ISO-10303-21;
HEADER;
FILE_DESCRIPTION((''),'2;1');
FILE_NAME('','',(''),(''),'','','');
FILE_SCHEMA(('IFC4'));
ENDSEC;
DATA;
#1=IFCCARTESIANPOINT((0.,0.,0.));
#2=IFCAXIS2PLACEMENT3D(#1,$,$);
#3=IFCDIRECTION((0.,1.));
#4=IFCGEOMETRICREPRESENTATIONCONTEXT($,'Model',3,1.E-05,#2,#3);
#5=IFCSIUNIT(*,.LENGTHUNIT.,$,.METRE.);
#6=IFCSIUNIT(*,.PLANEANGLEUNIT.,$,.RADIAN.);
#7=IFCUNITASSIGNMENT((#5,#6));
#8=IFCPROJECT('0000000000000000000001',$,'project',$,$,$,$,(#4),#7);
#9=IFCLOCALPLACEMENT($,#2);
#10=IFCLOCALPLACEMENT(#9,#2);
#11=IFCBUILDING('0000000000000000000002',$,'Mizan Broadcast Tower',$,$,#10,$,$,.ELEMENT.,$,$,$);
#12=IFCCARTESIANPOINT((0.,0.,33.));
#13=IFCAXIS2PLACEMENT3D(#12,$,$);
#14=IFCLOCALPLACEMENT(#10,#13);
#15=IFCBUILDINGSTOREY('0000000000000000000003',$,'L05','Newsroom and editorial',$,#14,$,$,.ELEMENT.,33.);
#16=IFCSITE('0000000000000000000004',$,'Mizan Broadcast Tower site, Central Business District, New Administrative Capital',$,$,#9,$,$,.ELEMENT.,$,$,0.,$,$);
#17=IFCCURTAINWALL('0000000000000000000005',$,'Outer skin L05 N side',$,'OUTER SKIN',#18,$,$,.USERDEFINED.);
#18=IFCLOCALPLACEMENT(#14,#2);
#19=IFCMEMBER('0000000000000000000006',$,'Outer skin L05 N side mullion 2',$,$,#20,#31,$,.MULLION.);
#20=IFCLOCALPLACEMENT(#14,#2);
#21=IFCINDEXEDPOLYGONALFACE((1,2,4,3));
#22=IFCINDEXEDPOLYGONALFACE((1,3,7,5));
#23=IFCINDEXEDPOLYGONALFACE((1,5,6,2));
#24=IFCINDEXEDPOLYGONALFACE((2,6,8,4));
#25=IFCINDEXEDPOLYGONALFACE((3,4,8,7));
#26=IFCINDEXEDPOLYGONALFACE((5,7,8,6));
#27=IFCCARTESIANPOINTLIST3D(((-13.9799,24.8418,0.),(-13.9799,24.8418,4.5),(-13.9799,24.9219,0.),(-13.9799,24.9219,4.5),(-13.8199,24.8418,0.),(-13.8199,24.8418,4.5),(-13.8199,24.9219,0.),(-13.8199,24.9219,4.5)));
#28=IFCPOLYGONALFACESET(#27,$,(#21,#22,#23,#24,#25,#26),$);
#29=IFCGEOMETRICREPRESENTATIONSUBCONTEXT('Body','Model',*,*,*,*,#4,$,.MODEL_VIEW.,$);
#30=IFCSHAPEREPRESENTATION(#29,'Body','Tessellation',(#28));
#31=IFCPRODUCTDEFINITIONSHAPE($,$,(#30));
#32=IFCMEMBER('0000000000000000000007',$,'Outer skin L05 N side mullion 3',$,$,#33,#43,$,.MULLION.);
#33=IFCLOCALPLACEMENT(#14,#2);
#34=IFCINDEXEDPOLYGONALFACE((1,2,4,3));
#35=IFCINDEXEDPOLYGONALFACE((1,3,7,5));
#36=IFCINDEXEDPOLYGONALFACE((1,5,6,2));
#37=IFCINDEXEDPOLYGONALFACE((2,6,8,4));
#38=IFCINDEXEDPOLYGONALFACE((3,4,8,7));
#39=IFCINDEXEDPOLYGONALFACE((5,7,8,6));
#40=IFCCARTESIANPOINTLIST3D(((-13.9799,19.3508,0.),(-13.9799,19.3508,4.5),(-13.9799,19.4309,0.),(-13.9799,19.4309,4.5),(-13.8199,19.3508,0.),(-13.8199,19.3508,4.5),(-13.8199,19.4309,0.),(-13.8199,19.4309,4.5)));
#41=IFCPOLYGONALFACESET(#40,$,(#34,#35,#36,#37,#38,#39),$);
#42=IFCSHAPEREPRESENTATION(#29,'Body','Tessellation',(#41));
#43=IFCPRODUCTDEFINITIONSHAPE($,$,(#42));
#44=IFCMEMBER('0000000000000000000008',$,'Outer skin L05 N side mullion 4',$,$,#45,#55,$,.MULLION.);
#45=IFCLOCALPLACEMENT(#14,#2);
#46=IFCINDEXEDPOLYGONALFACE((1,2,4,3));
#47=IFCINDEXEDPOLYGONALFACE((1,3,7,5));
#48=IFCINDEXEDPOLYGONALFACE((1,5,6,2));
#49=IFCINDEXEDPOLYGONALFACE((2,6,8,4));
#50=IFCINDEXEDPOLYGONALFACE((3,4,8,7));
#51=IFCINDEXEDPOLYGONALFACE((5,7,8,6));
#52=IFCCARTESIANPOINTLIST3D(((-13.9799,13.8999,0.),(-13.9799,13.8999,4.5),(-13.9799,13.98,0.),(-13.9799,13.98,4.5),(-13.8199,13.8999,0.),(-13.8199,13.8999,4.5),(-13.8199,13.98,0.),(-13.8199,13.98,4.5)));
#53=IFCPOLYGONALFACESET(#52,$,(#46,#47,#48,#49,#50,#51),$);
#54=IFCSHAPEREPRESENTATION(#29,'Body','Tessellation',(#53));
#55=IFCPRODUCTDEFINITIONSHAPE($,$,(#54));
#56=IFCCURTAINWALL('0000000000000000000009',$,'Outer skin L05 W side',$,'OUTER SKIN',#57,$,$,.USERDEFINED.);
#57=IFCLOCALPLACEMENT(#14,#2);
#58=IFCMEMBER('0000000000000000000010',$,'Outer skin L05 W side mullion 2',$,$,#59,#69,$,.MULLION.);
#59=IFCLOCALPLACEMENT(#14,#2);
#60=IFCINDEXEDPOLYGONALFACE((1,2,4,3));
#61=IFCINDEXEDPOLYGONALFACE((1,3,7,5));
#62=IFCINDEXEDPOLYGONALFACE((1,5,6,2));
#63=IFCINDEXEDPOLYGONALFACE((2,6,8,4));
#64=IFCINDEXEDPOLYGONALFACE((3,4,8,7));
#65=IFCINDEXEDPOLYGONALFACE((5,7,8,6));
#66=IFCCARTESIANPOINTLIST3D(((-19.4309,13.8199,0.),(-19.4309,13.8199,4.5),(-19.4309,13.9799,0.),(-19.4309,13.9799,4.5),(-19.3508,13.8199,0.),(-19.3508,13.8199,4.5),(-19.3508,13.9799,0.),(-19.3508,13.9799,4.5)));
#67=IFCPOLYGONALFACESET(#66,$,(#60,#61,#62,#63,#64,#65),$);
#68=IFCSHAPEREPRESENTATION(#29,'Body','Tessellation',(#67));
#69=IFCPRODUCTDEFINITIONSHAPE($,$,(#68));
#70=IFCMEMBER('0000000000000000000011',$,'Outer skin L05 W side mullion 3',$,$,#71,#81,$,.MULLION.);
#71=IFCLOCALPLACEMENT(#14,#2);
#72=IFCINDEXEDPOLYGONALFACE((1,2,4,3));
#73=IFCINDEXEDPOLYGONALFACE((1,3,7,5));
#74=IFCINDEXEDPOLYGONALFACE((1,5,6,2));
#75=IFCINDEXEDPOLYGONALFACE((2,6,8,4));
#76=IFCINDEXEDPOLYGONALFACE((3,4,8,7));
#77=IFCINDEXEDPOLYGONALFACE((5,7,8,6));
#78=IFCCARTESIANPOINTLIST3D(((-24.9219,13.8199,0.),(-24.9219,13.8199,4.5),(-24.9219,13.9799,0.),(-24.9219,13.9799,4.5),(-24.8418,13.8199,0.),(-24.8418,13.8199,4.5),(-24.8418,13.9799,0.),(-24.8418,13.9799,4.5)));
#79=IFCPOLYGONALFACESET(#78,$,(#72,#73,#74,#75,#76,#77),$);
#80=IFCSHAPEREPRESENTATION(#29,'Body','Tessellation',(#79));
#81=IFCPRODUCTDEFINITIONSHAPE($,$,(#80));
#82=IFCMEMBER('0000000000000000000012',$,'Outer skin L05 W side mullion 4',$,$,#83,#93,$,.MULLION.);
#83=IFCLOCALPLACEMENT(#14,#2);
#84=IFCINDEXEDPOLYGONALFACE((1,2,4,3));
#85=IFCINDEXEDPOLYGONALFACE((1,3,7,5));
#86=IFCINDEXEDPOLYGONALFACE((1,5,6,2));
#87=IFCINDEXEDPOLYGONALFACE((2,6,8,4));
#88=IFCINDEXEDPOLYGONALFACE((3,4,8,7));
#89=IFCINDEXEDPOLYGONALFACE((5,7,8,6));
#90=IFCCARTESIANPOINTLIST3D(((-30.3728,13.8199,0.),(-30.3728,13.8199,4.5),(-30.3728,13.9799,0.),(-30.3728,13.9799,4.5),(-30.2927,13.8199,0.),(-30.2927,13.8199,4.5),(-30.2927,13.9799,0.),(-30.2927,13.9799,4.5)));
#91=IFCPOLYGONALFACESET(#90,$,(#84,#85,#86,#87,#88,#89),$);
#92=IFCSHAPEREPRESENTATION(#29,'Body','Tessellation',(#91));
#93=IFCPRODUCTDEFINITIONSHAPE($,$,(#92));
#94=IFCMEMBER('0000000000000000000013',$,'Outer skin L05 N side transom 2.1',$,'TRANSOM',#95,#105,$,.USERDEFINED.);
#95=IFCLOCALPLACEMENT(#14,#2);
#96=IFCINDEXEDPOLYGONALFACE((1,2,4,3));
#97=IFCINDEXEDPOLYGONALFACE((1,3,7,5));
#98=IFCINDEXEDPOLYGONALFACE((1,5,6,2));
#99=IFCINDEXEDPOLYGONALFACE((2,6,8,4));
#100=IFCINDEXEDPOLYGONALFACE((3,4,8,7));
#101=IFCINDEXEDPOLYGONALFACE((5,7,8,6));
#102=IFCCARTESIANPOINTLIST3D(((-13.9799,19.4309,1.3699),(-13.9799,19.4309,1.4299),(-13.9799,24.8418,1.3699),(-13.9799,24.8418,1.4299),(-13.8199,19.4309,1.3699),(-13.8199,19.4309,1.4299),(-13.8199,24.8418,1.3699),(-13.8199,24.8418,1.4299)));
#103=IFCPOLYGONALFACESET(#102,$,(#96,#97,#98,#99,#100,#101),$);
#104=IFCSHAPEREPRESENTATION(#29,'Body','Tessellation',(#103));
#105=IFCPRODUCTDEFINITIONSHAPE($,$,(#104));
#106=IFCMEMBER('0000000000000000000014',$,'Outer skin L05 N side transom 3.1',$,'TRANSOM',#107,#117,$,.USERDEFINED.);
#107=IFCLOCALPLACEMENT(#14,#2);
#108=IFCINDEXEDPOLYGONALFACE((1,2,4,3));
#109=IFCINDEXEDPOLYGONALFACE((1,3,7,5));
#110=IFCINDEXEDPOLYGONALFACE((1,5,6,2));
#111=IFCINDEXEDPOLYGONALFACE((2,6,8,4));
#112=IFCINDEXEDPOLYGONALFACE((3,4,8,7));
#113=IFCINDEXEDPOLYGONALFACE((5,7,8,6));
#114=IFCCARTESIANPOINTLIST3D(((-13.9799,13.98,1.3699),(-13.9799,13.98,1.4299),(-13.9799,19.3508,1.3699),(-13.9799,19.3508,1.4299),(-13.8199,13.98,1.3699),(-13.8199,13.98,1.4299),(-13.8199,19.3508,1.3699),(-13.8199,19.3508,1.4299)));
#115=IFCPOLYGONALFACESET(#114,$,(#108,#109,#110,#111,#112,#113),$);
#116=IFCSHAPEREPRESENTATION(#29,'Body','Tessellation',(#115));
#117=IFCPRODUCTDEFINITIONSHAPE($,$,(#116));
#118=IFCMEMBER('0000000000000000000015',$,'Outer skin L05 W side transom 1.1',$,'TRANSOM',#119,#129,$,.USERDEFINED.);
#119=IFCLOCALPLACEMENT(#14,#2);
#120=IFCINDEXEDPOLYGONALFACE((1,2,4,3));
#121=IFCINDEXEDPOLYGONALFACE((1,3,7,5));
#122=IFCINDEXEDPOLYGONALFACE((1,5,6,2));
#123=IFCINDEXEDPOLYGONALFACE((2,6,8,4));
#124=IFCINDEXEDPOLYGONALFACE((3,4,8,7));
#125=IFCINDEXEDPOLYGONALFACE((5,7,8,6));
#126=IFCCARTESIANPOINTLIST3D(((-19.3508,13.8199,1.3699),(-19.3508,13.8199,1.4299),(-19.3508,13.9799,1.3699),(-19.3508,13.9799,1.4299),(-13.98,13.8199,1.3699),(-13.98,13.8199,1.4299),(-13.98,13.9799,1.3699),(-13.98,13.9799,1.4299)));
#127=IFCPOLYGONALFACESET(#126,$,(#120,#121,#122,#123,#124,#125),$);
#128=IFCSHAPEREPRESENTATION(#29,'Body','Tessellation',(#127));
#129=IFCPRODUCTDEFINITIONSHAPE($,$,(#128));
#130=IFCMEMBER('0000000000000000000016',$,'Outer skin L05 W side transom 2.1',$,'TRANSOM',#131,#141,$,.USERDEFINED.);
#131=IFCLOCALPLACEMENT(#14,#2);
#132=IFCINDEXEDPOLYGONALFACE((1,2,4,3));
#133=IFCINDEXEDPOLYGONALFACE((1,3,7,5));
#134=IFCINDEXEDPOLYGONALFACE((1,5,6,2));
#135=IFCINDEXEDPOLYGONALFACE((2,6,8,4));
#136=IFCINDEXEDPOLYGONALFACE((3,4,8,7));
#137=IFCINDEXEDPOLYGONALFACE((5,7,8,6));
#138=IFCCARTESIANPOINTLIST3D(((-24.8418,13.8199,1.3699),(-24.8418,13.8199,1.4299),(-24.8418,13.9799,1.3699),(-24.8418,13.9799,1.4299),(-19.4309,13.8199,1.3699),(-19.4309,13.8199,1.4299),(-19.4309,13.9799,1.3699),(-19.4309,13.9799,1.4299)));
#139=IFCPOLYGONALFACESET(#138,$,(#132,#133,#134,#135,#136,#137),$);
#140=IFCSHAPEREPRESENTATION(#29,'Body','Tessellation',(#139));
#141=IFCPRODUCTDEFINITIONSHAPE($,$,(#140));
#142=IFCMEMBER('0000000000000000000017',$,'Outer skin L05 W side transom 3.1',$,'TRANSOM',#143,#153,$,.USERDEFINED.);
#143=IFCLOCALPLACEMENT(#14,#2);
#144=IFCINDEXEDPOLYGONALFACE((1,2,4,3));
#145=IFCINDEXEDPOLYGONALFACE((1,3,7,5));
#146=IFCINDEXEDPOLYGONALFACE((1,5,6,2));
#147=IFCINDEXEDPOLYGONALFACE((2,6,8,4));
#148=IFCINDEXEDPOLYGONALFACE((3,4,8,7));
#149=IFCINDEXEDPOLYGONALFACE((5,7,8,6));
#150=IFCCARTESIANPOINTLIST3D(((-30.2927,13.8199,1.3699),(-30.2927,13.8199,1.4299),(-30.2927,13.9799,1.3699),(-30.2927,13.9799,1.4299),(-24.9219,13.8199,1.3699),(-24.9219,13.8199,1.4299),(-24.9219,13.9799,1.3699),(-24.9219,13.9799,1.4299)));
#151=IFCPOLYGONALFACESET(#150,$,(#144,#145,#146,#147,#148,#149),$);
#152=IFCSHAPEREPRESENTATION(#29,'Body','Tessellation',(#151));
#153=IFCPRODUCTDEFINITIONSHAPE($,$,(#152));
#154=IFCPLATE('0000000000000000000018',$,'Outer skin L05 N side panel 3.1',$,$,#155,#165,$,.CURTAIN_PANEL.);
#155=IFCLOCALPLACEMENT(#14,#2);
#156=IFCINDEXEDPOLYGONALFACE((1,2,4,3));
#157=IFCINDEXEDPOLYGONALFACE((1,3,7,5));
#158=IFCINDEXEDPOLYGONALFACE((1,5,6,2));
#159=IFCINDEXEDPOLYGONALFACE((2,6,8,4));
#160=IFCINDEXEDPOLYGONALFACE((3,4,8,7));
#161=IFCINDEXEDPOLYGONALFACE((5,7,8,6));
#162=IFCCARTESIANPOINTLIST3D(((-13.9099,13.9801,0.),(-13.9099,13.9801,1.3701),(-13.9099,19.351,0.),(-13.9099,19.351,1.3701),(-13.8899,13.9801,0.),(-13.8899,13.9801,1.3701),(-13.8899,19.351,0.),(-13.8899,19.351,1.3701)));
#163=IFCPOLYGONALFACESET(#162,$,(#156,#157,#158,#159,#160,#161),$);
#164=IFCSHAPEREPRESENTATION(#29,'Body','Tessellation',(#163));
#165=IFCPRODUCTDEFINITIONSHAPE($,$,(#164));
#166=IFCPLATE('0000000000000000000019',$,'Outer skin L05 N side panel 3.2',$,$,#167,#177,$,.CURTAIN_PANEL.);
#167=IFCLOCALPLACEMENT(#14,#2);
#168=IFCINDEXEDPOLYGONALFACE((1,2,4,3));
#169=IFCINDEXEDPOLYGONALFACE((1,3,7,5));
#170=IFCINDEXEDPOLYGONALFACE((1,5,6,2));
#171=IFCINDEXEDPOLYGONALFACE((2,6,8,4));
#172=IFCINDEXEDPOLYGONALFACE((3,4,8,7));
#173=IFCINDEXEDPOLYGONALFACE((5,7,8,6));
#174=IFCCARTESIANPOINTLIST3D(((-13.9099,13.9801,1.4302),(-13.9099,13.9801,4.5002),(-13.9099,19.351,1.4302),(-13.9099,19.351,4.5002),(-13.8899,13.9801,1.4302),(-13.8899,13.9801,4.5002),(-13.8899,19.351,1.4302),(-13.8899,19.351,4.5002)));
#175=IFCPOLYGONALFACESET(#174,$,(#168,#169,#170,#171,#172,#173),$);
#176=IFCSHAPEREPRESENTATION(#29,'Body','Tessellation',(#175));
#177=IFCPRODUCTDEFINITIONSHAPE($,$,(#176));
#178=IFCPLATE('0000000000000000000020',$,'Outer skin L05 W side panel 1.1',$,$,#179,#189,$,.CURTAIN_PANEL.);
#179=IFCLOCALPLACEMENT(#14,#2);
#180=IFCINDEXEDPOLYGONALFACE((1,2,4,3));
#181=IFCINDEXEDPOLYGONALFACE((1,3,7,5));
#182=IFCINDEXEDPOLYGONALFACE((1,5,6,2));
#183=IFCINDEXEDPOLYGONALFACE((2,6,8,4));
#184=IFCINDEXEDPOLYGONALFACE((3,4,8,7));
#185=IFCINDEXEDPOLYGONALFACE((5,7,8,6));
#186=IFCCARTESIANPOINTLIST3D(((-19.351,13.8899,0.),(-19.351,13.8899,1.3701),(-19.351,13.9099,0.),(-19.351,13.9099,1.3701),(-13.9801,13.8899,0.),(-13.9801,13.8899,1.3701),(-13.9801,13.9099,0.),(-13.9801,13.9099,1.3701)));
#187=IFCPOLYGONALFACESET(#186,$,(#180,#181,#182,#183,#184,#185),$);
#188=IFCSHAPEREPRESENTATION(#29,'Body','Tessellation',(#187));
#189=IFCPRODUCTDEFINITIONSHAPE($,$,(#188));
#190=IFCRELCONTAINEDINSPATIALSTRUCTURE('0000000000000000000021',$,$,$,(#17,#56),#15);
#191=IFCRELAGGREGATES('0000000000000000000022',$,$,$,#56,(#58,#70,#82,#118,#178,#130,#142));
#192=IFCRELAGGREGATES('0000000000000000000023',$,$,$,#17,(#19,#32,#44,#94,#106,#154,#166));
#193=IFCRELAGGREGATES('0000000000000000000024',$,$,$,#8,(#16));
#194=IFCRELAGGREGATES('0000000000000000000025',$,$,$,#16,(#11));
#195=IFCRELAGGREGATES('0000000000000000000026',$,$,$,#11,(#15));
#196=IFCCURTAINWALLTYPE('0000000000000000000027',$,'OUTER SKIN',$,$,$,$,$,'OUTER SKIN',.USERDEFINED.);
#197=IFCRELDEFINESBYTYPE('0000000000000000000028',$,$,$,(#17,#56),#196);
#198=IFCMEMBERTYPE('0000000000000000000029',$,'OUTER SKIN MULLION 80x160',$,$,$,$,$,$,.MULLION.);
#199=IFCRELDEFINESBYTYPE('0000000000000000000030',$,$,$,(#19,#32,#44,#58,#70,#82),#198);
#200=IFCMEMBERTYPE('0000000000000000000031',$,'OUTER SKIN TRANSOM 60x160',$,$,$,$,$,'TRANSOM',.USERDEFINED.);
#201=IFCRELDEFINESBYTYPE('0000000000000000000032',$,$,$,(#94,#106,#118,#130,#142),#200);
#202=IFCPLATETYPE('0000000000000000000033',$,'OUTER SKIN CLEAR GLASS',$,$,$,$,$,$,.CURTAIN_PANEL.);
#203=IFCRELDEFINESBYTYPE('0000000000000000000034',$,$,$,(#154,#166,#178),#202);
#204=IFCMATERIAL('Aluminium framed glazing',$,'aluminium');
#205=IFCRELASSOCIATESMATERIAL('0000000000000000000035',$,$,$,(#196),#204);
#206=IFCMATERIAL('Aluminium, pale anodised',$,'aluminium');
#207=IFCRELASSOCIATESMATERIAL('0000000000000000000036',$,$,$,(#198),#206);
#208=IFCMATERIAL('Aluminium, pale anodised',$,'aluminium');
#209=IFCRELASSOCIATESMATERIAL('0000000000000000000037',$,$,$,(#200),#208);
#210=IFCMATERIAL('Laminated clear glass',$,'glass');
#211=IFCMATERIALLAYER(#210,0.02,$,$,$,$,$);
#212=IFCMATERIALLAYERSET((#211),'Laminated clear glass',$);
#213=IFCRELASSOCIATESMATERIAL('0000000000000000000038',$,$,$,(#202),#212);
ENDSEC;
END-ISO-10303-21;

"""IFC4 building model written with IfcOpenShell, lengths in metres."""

from ifc_helpers import new_model, si_unit, direction, frame, origin, origin_2d, place, context, subcontext, project, spatial, rectangle, extrude, material, layer, layer_set, material_profile, profile_set, type_object, element, aggregate, save


model = new_model("IFC4")

# Units and contexts
model_context = context("Model", 3, precision=1e-05, world=origin(), true_north=direction((0.0, 1.0)))
body_context = subcontext(model_context, "Body", "Model", "MODEL_VIEW")
ifc_project = project(units=[si_unit("LENGTHUNIT", "METRE"), si_unit("PLANEANGLEUNIT", "RADIAN")], contexts=[model_context])

# Site, building, storey
site_placement = place(None, origin())
site = spatial("IfcSite", under=ifc_project, at=site_placement, Name="Mizan Broadcast Tower site, Central Business District, New Administrative Capital", CompositionType="ELEMENT", RefElevation=0.0)
building_placement = place(site_placement, origin())
building = spatial("IfcBuilding", under=site, at=building_placement, Name="Mizan Broadcast Tower", CompositionType="ELEMENT")
storey_placement = place(building_placement, frame((0.0, 0.0, 33.0)))
storey = spatial("IfcBuildingStorey", under=building, at=storey_placement, Name="L05", Description="Newsroom and editorial", CompositionType="ELEMENT", Elevation=33.0)

# Curtain walls, members
ifc_material_1 = material(Name="Aluminium framed glazing", Category="aluminium")
curtain_wall_type = type_object("IfcCurtainWallType", Name="OUTER SKIN", ElementType="OUTER SKIN", PredefinedType="USERDEFINED", material=ifc_material_1)
curtain_wall_1_placement = place(storey_placement, origin())
curtain_wall_1 = element("IfcCurtainWall", 1, at=curtain_wall_1_placement, inside=storey, type_object=curtain_wall_type, Name="Outer skin L05 N side", ObjectType="OUTER SKIN", PredefinedType="USERDEFINED")
ifc_material_2 = material(Name="Aluminium, pale anodised", Category="aluminium")
ifc_material_profile_1 = material_profile(ifc_material_2, rectangle(XDim=0.1599, YDim=0.0801, at=origin_2d()), Name="MULLION 160x80")
ifc_profile_set_1 = profile_set([ifc_material_profile_1], Name="Aluminium, pale anodised")
member_type_1 = type_object("IfcMemberType", Name="OUTER SKIN MULLION 80x160", PredefinedType="MULLION", material=ifc_profile_set_1)
member_1_placement = place(storey_placement, frame((-13.8999, 24.8818, 0.0), z_axis=(0.0, 0.0, 1.0), x_axis=(1.0, 0.0, 0.0)))
member_1 = element("IfcMember", 2, at=member_1_placement, type_object=member_type_1, Name="Outer skin L05 N side mullion 2", PredefinedType="MULLION", context=body_context, shape_type="SweptSolid", body=[
    extrude(rectangle(XDim=0.1599, YDim=0.0801, at=origin_2d()), origin(), (0.0, 0.0, 1.0), 4.5),
])
member_2_placement = place(storey_placement, frame((-13.8999, 19.3909, 0.0), z_axis=(0.0, 0.0, 1.0), x_axis=(1.0, 0.0, 0.0)))
member_2 = element("IfcMember", 3, at=member_2_placement, type_object=member_type_1, Name="Outer skin L05 N side mullion 3", PredefinedType="MULLION", context=body_context, shape_type="SweptSolid", body=[
    extrude(rectangle(XDim=0.1599, YDim=0.0801, at=origin_2d()), origin(), (0.0, 0.0, 1.0), 4.5),
])
member_3_placement = place(storey_placement, frame((-13.8999, 13.9399, 0.0), z_axis=(0.0, 0.0, 1.0), x_axis=(1.0, 0.0, 0.0)))
member_3 = element("IfcMember", 4, at=member_3_placement, type_object=member_type_1, Name="Outer skin L05 N side mullion 4", PredefinedType="MULLION", context=body_context, shape_type="SweptSolid", body=[
    extrude(rectangle(XDim=0.1599, YDim=0.0801, at=origin_2d()), origin(), (0.0, 0.0, 1.0), 4.5),
])
curtain_wall_2_placement = place(storey_placement, origin())
curtain_wall_2 = element("IfcCurtainWall", 5, at=curtain_wall_2_placement, inside=storey, type_object=curtain_wall_type, Name="Outer skin L05 W side", ObjectType="OUTER SKIN", PredefinedType="USERDEFINED")
member_4_placement = place(storey_placement, frame((-19.3909, 13.8999, 0.0), z_axis=(0.0, 0.0, 1.0), x_axis=(0.0, -1.0, 0.0)))
member_4 = element("IfcMember", 6, at=member_4_placement, type_object=member_type_1, Name="Outer skin L05 W side mullion 2", PredefinedType="MULLION", context=body_context, shape_type="SweptSolid", body=[
    extrude(rectangle(XDim=0.1599, YDim=0.0801, at=origin_2d()), origin(), (0.0, 0.0, 1.0), 4.5),
])
member_5_placement = place(storey_placement, frame((-24.8818, 13.8999, 0.0), z_axis=(0.0, 0.0, 1.0), x_axis=(0.0, -1.0, 0.0)))
member_5 = element("IfcMember", 7, at=member_5_placement, type_object=member_type_1, Name="Outer skin L05 W side mullion 3", PredefinedType="MULLION", context=body_context, shape_type="SweptSolid", body=[
    extrude(rectangle(XDim=0.1599, YDim=0.0801, at=origin_2d()), origin(), (0.0, 0.0, 1.0), 4.5),
])
member_6_placement = place(storey_placement, frame((-30.3328, 13.8999, 0.0), z_axis=(0.0, 0.0, 1.0), x_axis=(0.0, -1.0, 0.0)))
member_6 = element("IfcMember", 8, at=member_6_placement, type_object=member_type_1, Name="Outer skin L05 W side mullion 4", PredefinedType="MULLION", context=body_context, shape_type="SweptSolid", body=[
    extrude(rectangle(XDim=0.1599, YDim=0.0801, at=origin_2d()), origin(), (0.0, 0.0, 1.0), 4.5),
])

# Members
ifc_material_3 = material(Name="Aluminium, pale anodised", Category="aluminium")
ifc_material_profile_2 = material_profile(ifc_material_3, rectangle(XDim=0.1599, YDim=0.0601, at=origin_2d()), Name="TRANSOM 160x60")
ifc_profile_set_2 = profile_set([ifc_material_profile_2], Name="Aluminium, pale anodised")
member_type_2 = type_object("IfcMemberType", Name="OUTER SKIN TRANSOM 60x160", ElementType="TRANSOM", PredefinedType="USERDEFINED", material=ifc_profile_set_2)
member_7_placement = place(storey_placement, frame((-13.8999, 24.8418, 1.3999), z_axis=(0.0, -1.0, 0.0), x_axis=(1.0, 0.0, 0.0)))
member_7 = element("IfcMember", 9, at=member_7_placement, type_object=member_type_2, Name="Outer skin L05 N side transom 2.1", ObjectType="TRANSOM", PredefinedType="USERDEFINED", context=body_context, shape_type="SweptSolid", body=[
    extrude(rectangle(XDim=0.1599, YDim=0.0601, at=origin_2d()), origin(), (0.0, 0.0, 1.0), 5.4109),
])
member_8_placement = place(storey_placement, frame((-13.8999, 19.3508, 1.3999), z_axis=(0.0, -1.0, 0.0), x_axis=(1.0, 0.0, 0.0)))
member_8 = element("IfcMember", 10, at=member_8_placement, type_object=member_type_2, Name="Outer skin L05 N side transom 3.1", ObjectType="TRANSOM", PredefinedType="USERDEFINED", context=body_context, shape_type="SweptSolid", body=[
    extrude(rectangle(XDim=0.1599, YDim=0.0601, at=origin_2d()), origin(), (0.0, 0.0, 1.0), 5.3708),
])
member_9_placement = place(storey_placement, frame((-13.98, 13.8999, 1.3999), z_axis=(-1.0, 0.0, 0.0), x_axis=(0.0, -1.0, 0.0)))
member_9 = element("IfcMember", 11, at=member_9_placement, type_object=member_type_2, Name="Outer skin L05 W side transom 1.1", ObjectType="TRANSOM", PredefinedType="USERDEFINED", context=body_context, shape_type="SweptSolid", body=[
    extrude(rectangle(XDim=0.1599, YDim=0.0601, at=origin_2d()), origin(), (0.0, 0.0, 1.0), 5.3708),
])
member_10_placement = place(storey_placement, frame((-19.4309, 13.8999, 1.3999), z_axis=(-1.0, 0.0, 0.0), x_axis=(0.0, -1.0, 0.0)))
member_10 = element("IfcMember", 12, at=member_10_placement, type_object=member_type_2, Name="Outer skin L05 W side transom 2.1", ObjectType="TRANSOM", PredefinedType="USERDEFINED", context=body_context, shape_type="SweptSolid", body=[
    extrude(rectangle(XDim=0.1599, YDim=0.0601, at=origin_2d()), origin(), (0.0, 0.0, 1.0), 5.4109),
])
member_11_placement = place(storey_placement, frame((-24.9219, 13.8999, 1.3999), z_axis=(-1.0, 0.0, 0.0), x_axis=(0.0, -1.0, 0.0)))
member_11 = element("IfcMember", 13, at=member_11_placement, type_object=member_type_2, Name="Outer skin L05 W side transom 3.1", ObjectType="TRANSOM", PredefinedType="USERDEFINED", context=body_context, shape_type="SweptSolid", body=[
    extrude(rectangle(XDim=0.1599, YDim=0.0601, at=origin_2d()), origin(), (0.0, 0.0, 1.0), 5.3708),
])

# Plates
ifc_material_4 = material(Name="Laminated clear glass", Category="glass")
ifc_layer_1 = layer(ifc_material_4, 0.02)
ifc_layer_set_1 = layer_set([ifc_layer_1], Name="Laminated clear glass")
plate_type_1 = type_object("IfcPlateType", Name="OUTER SKIN CLEAR GLASS", PredefinedType="CURTAIN_PANEL", material=ifc_layer_set_1)
plate_1_placement = place(storey_placement, frame((-13.8999, 16.6655, 0.0), z_axis=(0.0, 0.0, 1.0), x_axis=(0.0, -1.0, 0.0)))
plate_1 = element("IfcPlate", 14, at=plate_1_placement, type_object=plate_type_1, Name="Outer skin L05 N side panel 3.1", PredefinedType="CURTAIN_PANEL", context=body_context, shape_type="SweptSolid", body=[
    extrude(rectangle(XDim=5.3708, YDim=0.02, at=origin_2d()), origin(), (0.0, 0.0, 1.0), 1.3701),
])
plate_2_placement = place(storey_placement, frame((-13.8999, 16.6655, 1.4302), z_axis=(0.0, 0.0, 1.0), x_axis=(0.0, -1.0, 0.0)))
plate_2 = element("IfcPlate", 15, at=plate_2_placement, type_object=plate_type_1, Name="Outer skin L05 N side panel 3.2", PredefinedType="CURTAIN_PANEL", context=body_context, shape_type="SweptSolid", body=[
    extrude(rectangle(XDim=5.3708, YDim=0.02, at=origin_2d()), origin(), (0.0, 0.0, 1.0), 3.0701),
])
plate_3_placement = place(storey_placement, frame((-16.6655, 13.8999, 0.0), z_axis=(0.0, 0.0, 1.0), x_axis=(-1.0, 0.0, 0.0)))
plate_3 = element("IfcPlate", 16, at=plate_3_placement, type_object=plate_type_1, Name="Outer skin L05 W side panel 1.1", PredefinedType="CURTAIN_PANEL", context=body_context, shape_type="SweptSolid", body=[
    extrude(rectangle(XDim=5.3708, YDim=0.02, at=origin_2d()), origin(), (0.0, 0.0, 1.0), 1.3701),
])
aggregate(curtain_wall_2, [member_4, member_5, member_6, member_9, plate_3, member_10, member_11])
aggregate(curtain_wall_1, [member_1, member_2, member_3, member_7, member_8, plate_1, plate_2])

save(model, "model.ifc")
